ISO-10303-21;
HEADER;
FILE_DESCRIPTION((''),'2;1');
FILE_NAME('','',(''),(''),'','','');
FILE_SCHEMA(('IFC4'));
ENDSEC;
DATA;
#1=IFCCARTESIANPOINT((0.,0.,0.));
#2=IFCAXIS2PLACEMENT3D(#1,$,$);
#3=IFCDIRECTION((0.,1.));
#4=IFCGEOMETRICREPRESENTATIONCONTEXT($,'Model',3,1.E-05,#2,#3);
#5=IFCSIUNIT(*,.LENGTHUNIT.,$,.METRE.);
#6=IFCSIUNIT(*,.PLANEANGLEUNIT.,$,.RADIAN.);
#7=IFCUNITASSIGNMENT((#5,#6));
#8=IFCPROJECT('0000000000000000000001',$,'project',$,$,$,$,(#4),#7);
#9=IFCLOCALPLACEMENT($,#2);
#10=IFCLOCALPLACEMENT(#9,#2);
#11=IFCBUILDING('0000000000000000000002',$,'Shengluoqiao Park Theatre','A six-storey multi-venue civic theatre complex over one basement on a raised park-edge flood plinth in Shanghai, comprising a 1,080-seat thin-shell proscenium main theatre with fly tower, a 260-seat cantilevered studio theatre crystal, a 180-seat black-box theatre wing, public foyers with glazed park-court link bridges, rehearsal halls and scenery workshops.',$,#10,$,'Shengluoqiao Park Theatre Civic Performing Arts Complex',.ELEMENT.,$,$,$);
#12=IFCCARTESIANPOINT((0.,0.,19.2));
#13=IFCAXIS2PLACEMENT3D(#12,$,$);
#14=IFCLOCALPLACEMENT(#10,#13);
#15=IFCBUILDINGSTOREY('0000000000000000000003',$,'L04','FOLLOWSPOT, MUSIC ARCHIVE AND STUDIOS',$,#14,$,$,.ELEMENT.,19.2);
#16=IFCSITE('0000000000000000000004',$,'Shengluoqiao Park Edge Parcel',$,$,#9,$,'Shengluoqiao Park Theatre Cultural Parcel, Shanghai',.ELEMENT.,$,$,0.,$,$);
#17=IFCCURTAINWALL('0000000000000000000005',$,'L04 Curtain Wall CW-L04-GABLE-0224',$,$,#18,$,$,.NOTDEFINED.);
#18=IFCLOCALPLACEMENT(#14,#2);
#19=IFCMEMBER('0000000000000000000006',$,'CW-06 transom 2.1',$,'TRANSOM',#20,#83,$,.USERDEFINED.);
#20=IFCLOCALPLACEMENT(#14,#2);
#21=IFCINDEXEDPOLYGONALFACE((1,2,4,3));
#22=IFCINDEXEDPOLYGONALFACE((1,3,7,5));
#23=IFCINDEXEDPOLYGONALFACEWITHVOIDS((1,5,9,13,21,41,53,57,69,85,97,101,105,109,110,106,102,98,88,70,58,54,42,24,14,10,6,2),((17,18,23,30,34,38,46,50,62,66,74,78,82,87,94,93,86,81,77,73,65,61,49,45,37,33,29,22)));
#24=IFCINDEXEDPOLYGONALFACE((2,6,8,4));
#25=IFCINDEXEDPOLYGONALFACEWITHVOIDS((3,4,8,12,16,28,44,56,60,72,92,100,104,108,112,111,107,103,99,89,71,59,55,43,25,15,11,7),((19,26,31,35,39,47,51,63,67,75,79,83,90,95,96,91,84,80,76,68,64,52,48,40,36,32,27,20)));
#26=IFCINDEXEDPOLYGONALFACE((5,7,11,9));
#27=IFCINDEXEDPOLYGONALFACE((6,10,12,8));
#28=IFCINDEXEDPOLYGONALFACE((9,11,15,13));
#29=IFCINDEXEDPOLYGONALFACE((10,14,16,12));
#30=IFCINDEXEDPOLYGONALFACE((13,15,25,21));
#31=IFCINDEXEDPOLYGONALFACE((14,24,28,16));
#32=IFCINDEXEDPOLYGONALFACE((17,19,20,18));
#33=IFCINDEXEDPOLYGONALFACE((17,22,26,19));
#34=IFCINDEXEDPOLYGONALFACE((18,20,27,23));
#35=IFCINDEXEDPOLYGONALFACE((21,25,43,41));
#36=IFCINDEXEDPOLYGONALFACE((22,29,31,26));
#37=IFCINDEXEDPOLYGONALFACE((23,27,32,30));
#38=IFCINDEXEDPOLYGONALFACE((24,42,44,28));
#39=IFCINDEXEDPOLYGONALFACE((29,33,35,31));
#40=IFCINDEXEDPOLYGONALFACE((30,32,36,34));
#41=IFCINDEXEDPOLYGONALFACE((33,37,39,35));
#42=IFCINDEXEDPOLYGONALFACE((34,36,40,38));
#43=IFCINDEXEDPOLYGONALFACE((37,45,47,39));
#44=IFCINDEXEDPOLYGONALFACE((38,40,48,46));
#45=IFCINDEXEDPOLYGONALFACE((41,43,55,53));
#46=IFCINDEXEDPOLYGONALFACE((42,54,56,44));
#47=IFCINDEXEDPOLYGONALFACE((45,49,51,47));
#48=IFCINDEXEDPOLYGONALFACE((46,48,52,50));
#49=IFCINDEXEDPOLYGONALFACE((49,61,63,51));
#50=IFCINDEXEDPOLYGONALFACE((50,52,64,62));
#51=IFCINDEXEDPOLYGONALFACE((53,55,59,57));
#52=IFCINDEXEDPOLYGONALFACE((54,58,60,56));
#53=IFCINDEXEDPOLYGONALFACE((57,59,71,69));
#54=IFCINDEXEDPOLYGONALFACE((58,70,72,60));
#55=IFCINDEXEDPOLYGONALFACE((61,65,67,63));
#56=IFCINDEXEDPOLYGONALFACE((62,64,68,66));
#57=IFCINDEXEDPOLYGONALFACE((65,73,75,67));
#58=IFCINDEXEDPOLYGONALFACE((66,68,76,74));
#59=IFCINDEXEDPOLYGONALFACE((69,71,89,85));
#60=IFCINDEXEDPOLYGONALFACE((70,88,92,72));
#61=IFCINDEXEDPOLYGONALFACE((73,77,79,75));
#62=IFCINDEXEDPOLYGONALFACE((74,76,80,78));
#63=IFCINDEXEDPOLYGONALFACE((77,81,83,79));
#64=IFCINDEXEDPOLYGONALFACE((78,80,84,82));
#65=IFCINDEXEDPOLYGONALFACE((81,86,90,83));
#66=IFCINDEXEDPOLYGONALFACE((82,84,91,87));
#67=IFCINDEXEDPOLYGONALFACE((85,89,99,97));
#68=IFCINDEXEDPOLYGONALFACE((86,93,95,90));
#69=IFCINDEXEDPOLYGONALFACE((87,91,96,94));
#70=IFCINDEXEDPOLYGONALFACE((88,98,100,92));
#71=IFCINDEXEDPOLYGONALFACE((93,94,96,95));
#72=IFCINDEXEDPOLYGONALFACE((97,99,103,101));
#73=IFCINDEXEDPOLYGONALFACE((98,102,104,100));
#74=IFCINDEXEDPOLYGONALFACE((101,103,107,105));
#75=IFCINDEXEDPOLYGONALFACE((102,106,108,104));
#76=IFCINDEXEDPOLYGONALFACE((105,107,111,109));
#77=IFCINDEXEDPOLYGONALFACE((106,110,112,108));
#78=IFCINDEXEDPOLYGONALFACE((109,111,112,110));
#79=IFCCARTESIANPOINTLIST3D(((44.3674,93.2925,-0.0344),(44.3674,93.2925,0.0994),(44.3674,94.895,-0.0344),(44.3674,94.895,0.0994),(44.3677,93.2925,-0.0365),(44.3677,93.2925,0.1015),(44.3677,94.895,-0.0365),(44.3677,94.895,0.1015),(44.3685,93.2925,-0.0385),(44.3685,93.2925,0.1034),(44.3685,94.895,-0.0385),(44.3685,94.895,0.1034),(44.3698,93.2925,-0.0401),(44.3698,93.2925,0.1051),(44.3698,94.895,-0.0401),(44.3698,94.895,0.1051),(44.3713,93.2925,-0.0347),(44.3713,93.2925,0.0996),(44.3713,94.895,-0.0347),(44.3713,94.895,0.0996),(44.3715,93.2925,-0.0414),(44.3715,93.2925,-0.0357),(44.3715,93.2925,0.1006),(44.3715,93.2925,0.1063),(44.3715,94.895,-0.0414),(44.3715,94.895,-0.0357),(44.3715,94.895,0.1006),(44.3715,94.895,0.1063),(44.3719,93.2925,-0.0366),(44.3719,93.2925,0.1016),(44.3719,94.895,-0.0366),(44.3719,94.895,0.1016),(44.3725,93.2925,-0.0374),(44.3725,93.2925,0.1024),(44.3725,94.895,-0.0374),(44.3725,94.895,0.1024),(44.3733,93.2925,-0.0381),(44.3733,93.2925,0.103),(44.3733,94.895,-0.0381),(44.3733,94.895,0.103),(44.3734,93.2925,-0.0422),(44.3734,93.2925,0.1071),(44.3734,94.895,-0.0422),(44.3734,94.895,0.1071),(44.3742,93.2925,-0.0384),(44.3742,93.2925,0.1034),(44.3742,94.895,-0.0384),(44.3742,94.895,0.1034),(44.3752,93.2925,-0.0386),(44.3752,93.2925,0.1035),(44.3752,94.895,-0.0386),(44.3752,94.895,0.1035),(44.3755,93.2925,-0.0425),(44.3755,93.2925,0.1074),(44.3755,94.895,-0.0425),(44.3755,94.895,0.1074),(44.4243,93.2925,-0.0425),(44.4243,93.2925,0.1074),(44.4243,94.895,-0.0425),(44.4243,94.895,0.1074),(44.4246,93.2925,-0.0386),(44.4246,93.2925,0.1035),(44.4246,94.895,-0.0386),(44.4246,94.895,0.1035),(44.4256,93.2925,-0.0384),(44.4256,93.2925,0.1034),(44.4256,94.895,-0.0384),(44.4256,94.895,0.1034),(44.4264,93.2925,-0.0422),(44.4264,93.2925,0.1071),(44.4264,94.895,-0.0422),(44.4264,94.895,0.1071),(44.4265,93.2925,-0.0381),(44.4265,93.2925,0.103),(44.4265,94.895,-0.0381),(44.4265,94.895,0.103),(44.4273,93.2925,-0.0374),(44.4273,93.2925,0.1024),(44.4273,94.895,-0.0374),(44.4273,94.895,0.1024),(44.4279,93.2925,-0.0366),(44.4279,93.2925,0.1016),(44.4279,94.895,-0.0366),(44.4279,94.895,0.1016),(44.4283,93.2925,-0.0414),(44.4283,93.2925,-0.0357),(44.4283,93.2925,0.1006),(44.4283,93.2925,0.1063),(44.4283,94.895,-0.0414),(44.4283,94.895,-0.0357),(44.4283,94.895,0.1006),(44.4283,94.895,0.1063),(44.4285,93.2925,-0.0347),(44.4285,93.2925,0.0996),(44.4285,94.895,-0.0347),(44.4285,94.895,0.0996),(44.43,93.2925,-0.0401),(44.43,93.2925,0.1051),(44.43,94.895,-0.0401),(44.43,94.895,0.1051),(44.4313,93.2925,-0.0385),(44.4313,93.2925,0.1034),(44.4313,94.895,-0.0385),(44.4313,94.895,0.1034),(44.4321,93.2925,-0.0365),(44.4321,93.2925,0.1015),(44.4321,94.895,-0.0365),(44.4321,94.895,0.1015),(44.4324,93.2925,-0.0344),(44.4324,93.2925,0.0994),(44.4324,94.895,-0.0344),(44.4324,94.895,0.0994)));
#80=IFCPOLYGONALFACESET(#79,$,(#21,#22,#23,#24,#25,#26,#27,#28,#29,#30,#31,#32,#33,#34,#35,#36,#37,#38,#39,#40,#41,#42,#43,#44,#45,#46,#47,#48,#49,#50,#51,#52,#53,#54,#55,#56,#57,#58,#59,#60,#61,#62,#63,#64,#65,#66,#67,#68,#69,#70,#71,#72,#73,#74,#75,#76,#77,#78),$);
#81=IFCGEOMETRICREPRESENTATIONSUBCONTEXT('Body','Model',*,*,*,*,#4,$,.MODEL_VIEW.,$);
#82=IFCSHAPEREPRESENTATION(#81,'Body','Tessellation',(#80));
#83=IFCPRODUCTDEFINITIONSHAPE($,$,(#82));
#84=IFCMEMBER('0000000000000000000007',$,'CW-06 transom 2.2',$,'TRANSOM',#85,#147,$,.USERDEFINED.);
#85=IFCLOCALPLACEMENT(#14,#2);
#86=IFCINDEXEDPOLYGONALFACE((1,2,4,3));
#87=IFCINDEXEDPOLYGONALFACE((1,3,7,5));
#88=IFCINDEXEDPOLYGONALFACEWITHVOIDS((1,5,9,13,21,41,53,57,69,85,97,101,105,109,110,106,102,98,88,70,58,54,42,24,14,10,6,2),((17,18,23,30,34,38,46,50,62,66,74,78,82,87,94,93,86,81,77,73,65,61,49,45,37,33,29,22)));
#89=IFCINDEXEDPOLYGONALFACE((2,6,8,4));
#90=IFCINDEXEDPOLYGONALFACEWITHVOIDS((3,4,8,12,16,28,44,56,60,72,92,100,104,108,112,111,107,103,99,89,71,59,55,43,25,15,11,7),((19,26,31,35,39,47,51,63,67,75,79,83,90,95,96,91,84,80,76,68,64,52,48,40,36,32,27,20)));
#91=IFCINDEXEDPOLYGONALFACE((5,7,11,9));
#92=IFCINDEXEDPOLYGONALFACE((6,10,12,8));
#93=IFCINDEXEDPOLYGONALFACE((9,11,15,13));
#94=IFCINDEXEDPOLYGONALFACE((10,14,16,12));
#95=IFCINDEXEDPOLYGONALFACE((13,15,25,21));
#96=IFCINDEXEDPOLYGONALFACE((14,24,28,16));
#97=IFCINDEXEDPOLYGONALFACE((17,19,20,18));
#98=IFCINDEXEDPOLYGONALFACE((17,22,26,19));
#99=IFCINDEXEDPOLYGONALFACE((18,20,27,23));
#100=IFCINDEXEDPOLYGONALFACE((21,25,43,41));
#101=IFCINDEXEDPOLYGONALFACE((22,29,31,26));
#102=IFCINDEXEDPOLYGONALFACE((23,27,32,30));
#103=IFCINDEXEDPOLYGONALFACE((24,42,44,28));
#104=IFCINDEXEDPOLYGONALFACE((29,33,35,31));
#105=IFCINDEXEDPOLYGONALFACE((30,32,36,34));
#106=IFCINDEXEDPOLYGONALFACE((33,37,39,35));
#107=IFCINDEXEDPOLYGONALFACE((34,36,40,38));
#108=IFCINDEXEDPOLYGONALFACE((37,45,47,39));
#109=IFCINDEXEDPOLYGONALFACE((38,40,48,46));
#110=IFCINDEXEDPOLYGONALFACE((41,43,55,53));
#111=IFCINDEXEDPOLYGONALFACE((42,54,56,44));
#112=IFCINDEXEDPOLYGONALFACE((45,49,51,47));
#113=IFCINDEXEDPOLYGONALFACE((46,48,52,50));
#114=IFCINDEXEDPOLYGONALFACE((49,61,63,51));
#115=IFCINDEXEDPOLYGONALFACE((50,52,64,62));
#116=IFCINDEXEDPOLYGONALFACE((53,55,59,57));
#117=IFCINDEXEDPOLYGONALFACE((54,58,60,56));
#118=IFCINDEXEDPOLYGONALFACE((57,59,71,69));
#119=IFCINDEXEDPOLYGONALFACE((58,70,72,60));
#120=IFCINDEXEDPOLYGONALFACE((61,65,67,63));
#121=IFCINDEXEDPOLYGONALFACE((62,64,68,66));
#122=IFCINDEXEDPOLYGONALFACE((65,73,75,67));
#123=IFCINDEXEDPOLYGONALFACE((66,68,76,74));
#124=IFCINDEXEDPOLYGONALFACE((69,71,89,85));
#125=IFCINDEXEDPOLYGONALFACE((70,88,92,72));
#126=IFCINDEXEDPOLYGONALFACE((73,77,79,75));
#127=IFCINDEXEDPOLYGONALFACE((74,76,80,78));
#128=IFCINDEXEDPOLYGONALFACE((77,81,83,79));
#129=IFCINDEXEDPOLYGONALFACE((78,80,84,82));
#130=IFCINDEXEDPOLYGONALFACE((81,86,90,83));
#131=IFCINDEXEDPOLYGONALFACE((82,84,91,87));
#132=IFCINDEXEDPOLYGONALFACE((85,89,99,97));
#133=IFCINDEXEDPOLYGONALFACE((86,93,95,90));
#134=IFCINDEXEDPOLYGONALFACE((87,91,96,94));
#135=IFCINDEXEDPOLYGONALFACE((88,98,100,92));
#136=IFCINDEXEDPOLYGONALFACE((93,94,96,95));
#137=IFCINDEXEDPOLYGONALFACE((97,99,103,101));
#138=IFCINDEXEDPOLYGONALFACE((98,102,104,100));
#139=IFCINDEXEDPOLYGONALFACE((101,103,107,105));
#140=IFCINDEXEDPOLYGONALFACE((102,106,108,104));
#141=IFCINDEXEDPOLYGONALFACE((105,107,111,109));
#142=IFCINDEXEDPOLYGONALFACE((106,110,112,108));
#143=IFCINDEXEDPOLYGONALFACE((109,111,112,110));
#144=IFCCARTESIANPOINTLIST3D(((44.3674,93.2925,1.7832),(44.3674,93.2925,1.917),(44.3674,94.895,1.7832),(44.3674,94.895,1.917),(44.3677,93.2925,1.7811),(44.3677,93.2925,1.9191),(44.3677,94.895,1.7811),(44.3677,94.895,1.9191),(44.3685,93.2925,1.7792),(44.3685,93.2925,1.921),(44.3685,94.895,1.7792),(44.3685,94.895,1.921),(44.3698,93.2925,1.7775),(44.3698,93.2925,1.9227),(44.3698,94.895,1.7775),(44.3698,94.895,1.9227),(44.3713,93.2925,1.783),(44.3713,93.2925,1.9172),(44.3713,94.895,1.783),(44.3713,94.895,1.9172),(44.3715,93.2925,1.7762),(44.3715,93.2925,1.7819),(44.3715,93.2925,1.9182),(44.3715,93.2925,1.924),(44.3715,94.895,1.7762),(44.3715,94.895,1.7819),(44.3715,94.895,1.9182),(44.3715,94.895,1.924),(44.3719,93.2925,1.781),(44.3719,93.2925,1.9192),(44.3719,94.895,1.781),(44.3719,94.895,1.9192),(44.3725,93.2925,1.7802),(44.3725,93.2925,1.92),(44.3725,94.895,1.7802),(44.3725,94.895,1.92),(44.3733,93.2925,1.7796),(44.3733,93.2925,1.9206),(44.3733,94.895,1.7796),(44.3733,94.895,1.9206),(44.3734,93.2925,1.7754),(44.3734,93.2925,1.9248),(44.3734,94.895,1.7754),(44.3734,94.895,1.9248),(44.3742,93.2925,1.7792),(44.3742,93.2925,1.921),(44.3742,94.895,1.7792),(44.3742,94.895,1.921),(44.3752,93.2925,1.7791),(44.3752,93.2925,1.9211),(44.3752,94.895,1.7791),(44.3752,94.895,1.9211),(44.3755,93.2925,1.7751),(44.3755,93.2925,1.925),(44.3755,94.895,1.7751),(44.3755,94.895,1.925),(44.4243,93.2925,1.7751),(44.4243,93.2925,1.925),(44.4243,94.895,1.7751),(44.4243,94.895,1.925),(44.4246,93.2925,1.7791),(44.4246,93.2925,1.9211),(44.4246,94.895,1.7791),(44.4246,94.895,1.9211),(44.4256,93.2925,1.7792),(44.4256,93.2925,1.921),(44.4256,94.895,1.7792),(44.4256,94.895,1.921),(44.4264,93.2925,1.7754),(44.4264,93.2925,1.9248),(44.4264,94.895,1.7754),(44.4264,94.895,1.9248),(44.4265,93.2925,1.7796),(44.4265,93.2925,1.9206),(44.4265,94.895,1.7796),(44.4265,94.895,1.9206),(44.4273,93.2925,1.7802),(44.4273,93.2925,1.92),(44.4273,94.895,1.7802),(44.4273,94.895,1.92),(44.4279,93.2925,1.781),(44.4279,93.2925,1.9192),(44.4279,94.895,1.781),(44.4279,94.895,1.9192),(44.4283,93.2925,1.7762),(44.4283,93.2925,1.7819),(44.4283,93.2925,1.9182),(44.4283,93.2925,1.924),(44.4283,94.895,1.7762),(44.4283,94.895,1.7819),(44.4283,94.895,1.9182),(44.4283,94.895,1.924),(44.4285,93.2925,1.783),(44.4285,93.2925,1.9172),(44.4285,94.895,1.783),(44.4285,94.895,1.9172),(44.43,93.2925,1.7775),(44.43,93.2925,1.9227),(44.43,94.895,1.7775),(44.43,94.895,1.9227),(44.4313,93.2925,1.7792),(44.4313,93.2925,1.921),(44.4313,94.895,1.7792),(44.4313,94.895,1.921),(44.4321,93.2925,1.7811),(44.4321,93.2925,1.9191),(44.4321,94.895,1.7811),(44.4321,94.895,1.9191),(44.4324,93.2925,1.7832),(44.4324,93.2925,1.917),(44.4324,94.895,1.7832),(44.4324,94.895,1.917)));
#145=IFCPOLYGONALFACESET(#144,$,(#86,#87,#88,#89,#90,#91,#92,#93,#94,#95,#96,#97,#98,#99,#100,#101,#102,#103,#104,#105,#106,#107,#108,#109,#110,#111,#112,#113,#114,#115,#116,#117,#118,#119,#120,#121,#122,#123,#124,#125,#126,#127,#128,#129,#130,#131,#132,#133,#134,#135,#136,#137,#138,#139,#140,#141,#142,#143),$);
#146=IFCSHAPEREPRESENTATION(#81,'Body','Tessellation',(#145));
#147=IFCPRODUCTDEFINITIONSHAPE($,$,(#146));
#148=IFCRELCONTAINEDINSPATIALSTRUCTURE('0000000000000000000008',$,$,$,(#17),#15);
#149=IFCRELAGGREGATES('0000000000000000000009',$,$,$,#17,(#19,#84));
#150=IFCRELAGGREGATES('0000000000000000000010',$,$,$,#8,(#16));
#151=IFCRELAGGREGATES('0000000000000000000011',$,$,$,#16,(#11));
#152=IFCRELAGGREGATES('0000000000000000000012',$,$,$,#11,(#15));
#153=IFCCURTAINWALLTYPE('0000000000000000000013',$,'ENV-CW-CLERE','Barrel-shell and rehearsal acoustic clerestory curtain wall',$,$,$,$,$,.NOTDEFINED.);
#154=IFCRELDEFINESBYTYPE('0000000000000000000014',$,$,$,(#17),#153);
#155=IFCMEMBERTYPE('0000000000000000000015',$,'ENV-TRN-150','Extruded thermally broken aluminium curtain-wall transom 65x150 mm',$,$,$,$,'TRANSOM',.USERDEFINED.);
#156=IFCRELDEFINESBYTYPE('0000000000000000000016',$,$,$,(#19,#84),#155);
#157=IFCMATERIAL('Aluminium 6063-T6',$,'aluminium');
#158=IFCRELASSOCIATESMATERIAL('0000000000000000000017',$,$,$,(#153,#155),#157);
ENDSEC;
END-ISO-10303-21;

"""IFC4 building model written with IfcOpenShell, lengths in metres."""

from ifc_helpers import new_model, si_unit, direction, frame, origin, origin_2d, place, context, subcontext, project, spatial, hollow_rectangle, extrude, material, material_profile, profile_set, type_object, element, aggregate, save


model = new_model("IFC4")

# Units and contexts
model_context = context("Model", 3, precision=1e-05, world=origin(), true_north=direction((0.0, 1.0)))
body_context = subcontext(model_context, "Body", "Model", "MODEL_VIEW")
ifc_project = project(units=[si_unit("LENGTHUNIT", "METRE"), si_unit("PLANEANGLEUNIT", "RADIAN")], contexts=[model_context])

# Site, building, storey
site_placement = place(None, origin())
site = spatial("IfcSite", under=ifc_project, at=site_placement, Name="Shengluoqiao Park Edge Parcel", LongName="Shengluoqiao Park Theatre Cultural Parcel, Shanghai", CompositionType="ELEMENT", RefElevation=0.0)
building_placement = place(site_placement, origin())
building = spatial("IfcBuilding", under=site, at=building_placement, Name="Shengluoqiao Park Theatre", Description="A six-storey multi-venue civic theatre complex over one basement on a raised park-edge flood plinth in Shanghai, comprising a 1,080-seat thin-shell proscenium main theatre with fly tower, a 260-seat cantilevered studio theatre crystal, a 180-seat black-box theatre wing, public foyers with glazed park-court link bridges, rehearsal halls and scenery workshops.", LongName="Shengluoqiao Park Theatre Civic Performing Arts Complex", CompositionType="ELEMENT")
storey_placement = place(building_placement, frame((0.0, 0.0, 19.2)))
storey = spatial("IfcBuildingStorey", under=building, at=storey_placement, Name="L04", Description="FOLLOWSPOT, MUSIC ARCHIVE AND STUDIOS", CompositionType="ELEMENT", Elevation=19.2)

# Curtain wall
ifc_material_1 = material(Name="Aluminium 6063-T6", Category="aluminium")
curtain_wall_type = type_object("IfcCurtainWallType", Name="ENV-CW-CLERE", Description="Barrel-shell and rehearsal acoustic clerestory curtain wall", PredefinedType="NOTDEFINED", material=ifc_material_1)
curtain_wall_1_placement = place(storey_placement, origin())
curtain_wall_1 = element("IfcCurtainWall", 1, at=curtain_wall_1_placement, inside=storey, type_object=curtain_wall_type, Name="L04 Curtain Wall CW-L04-GABLE-0224", PredefinedType="NOTDEFINED")

# Members
ifc_material_profile_1 = material_profile(ifc_material_1, hollow_rectangle(XDim=0.0649, YDim=0.1499, WallThickness=0.0039, InnerFilletRadius=0.0039, OuterFilletRadius=0.0081, at=origin_2d()), Name="ALU TRANSOM 150x65x4")
ifc_profile_set_1 = profile_set([ifc_material_profile_1], Name="Aluminium 6063-T6")
member_type_1 = type_object("IfcMemberType", Name="ENV-TRN-150", Description="Extruded thermally broken aluminium curtain-wall transom 65x150 mm", ElementType="TRANSOM", PredefinedType="USERDEFINED", material=ifc_profile_set_1)
member_1_placement = place(storey_placement, frame((44.3999, 93.2925, 0.0325), z_axis=(0.0, 1.0, 0.0), x_axis=(-1.0, 0.0, 0.0)))
member_1 = element("IfcMember", 2, at=member_1_placement, type_object=member_type_1, Name="CW-06 transom 2.1", ObjectType="TRANSOM", PredefinedType="USERDEFINED", context=body_context, shape_type="SweptSolid", body=[
    extrude(hollow_rectangle(XDim=0.0649, YDim=0.1499, WallThickness=0.0039, InnerFilletRadius=0.0039, OuterFilletRadius=0.0081, at=origin_2d()), origin(), (0.0, 0.0, 1.0), 1.6025),
])
member_2_placement = place(storey_placement, frame((44.3999, 93.2925, 1.8501), z_axis=(0.0, 1.0, 0.0), x_axis=(-1.0, 0.0, 0.0)))
member_2 = element("IfcMember", 3, at=member_2_placement, type_object=member_type_1, Name="CW-06 transom 2.2", ObjectType="TRANSOM", PredefinedType="USERDEFINED", context=body_context, shape_type="SweptSolid", body=[
    extrude(hollow_rectangle(XDim=0.0649, YDim=0.1499, WallThickness=0.0039, InnerFilletRadius=0.0039, OuterFilletRadius=0.0081, at=origin_2d()), origin(), (0.0, 0.0, 1.0), 1.6025),
])

aggregate(curtain_wall_1, [member_1, member_2])

save(model, "model.ifc")
